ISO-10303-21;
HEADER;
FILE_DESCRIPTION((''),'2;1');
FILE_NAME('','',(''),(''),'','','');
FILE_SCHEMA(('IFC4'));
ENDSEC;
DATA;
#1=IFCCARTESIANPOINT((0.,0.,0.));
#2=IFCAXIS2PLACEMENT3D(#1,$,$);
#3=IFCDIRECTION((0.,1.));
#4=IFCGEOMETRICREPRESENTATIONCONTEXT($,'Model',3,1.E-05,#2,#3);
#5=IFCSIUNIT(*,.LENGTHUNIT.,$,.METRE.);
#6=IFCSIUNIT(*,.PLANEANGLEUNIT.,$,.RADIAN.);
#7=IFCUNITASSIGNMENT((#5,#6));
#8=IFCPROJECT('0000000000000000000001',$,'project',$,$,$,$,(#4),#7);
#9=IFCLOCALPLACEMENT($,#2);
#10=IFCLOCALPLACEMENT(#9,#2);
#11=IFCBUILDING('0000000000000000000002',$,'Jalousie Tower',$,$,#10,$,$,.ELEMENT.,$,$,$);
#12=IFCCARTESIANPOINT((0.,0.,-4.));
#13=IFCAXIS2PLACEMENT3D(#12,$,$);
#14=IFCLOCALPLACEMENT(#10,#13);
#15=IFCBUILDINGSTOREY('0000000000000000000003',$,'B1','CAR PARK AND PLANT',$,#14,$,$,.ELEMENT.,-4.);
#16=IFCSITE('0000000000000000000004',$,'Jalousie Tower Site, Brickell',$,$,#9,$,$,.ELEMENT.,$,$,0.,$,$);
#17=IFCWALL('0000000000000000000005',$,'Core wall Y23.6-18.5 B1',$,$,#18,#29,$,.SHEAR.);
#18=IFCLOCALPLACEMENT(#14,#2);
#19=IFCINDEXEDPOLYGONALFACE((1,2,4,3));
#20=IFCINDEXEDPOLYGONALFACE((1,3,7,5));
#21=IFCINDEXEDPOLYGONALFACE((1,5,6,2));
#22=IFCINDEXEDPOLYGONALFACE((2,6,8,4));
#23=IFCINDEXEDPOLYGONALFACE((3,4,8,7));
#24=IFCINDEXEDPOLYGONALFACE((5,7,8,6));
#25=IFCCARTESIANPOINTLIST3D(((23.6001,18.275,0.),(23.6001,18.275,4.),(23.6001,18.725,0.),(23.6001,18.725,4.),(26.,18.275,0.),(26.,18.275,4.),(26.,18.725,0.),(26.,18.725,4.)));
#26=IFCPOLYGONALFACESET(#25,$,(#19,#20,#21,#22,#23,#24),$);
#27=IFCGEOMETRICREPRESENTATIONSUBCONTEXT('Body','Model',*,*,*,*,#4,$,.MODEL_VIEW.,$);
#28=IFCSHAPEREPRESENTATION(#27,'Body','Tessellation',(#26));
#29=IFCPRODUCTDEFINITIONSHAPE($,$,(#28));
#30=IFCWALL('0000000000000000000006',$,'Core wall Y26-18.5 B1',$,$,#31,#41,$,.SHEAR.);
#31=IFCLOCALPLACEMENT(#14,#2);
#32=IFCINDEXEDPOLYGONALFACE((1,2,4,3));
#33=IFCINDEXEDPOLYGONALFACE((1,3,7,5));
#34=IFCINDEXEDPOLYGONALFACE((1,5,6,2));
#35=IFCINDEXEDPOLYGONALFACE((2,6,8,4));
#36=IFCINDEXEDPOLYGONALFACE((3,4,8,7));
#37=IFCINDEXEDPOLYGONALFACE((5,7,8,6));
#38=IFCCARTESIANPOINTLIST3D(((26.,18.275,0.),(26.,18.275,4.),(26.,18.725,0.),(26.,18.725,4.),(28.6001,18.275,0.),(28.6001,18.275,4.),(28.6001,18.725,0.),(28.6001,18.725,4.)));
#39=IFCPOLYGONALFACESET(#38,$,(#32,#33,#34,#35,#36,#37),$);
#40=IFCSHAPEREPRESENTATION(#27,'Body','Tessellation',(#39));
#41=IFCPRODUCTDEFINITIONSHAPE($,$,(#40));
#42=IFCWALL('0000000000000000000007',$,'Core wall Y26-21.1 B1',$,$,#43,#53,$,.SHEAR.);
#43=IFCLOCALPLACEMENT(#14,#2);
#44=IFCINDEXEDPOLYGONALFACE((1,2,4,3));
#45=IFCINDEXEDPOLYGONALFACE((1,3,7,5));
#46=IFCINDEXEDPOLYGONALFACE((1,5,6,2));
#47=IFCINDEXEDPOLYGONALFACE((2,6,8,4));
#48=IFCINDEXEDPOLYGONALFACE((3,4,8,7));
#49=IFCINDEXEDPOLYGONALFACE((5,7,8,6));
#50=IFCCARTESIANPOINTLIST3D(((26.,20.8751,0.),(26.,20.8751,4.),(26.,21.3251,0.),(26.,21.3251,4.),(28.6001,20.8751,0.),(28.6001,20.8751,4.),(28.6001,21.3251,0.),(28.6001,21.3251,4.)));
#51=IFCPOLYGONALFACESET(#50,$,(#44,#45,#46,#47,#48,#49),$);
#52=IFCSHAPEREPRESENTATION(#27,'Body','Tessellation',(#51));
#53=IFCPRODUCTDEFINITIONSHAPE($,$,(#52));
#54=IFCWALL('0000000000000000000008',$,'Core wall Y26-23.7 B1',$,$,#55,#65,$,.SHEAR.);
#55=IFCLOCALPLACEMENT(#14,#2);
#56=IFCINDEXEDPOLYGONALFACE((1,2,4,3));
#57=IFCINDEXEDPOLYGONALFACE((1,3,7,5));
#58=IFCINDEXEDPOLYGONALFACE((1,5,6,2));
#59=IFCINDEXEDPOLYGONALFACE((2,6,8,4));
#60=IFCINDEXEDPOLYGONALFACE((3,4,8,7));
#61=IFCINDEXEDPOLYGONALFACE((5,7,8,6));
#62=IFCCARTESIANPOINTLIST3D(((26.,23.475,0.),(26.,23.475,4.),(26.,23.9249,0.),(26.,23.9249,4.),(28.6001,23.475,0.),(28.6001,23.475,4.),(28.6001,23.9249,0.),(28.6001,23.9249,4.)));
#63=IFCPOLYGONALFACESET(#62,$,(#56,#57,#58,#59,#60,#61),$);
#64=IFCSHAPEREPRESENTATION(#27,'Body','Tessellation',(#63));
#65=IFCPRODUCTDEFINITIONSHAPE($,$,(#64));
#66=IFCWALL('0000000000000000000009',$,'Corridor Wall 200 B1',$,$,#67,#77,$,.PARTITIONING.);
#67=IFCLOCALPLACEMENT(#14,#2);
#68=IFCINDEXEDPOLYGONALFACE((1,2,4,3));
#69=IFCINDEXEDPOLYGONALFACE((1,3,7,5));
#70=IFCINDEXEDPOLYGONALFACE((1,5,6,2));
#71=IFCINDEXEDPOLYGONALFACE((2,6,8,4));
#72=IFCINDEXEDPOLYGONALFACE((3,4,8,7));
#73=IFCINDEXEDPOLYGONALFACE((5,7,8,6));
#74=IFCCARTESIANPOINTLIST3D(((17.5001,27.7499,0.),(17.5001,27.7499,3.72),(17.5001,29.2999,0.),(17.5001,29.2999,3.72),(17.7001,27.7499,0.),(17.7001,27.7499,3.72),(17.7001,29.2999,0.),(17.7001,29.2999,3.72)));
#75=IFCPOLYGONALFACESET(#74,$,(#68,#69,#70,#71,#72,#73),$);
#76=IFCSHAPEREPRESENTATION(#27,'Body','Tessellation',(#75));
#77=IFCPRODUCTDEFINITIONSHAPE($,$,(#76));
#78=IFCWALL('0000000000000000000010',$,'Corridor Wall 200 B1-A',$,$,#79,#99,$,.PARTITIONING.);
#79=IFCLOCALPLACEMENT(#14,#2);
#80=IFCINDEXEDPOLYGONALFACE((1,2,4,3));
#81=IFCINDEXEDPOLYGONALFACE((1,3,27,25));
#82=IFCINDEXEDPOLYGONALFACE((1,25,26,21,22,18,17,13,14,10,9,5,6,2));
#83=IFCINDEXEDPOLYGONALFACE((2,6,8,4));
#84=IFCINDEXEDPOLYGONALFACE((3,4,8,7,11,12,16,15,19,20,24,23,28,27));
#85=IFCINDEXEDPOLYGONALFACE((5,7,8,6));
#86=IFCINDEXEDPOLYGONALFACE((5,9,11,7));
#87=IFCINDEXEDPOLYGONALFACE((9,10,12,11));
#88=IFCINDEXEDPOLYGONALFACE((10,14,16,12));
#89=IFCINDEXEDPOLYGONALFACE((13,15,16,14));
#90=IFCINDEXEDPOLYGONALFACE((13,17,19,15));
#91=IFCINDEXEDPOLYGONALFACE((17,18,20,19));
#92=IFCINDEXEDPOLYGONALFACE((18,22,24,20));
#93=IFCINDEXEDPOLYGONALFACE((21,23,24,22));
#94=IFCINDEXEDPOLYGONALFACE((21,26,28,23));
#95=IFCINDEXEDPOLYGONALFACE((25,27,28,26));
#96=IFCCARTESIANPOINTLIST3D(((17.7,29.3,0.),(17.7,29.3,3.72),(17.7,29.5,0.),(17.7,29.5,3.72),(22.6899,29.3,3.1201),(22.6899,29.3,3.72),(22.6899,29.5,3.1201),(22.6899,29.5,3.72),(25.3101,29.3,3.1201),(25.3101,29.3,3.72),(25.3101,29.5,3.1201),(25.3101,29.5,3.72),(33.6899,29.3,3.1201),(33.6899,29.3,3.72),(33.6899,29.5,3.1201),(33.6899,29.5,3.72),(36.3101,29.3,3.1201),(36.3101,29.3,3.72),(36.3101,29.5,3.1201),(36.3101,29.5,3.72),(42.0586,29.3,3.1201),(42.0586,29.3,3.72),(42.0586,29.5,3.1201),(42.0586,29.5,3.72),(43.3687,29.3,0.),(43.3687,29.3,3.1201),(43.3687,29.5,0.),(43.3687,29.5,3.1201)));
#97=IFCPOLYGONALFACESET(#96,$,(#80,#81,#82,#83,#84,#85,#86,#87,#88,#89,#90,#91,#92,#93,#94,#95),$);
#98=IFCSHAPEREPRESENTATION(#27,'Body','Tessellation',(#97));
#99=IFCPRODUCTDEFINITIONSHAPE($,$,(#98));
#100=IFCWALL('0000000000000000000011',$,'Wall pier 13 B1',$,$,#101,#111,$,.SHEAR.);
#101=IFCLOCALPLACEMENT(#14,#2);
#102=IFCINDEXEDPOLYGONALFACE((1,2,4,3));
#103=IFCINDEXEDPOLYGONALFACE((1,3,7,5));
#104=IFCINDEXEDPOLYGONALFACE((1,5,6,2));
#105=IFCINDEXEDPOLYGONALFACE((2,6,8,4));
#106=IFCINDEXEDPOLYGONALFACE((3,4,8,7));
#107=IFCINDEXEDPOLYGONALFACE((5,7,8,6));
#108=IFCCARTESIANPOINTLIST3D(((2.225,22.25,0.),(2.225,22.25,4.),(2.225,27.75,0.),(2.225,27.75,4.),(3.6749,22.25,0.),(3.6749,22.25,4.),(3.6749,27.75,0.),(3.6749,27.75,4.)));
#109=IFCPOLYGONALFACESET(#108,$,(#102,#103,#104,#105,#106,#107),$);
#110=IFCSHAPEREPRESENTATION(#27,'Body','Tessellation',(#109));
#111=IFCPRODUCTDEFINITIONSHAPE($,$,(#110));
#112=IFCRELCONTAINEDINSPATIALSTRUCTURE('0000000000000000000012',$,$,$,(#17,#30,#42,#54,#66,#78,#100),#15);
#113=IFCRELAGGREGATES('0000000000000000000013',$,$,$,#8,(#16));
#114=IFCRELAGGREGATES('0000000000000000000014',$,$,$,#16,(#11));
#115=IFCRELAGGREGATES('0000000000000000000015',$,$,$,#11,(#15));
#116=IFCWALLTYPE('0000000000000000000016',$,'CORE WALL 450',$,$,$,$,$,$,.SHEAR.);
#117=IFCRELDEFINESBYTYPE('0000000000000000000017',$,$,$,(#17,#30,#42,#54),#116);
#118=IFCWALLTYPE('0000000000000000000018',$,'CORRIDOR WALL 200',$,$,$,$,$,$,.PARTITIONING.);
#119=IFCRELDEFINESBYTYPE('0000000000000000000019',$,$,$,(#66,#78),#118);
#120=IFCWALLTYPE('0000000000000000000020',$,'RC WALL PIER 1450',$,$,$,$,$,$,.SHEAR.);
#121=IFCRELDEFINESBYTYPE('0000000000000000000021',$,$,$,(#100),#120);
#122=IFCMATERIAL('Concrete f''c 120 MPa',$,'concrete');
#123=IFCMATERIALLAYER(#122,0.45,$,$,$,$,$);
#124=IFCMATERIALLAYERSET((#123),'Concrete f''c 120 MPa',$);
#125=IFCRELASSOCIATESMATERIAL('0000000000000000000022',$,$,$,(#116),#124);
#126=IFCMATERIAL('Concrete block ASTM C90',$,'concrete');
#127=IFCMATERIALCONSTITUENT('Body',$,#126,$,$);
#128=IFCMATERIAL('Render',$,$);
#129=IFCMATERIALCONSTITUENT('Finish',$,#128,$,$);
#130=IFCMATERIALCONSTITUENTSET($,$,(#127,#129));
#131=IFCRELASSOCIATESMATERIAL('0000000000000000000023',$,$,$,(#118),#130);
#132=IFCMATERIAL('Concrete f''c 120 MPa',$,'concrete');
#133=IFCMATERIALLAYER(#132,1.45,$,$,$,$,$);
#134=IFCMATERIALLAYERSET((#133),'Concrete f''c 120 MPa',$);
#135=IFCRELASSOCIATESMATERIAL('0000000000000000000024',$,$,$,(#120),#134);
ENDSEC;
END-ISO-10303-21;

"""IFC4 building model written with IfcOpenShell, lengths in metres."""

from ifc_helpers import new_model, si_unit, direction, frame, frame_2d, origin, place, context, subcontext, project, spatial, polyline, rectangle, outline, extrude, material, layer, layer_set, constituent, constituent_set, type_object, element, save


model = new_model("IFC4")

# Units and contexts
model_context = context("Model", 3, precision=1e-05, world=origin(), true_north=direction((0.0, 1.0)))
body_context = subcontext(model_context, "Body", "Model", "MODEL_VIEW")
ifc_project = project(units=[si_unit("LENGTHUNIT", "METRE"), si_unit("PLANEANGLEUNIT", "RADIAN")], contexts=[model_context])

# Site, building, storey
site_placement = place(None, origin())
site = spatial("IfcSite", under=ifc_project, at=site_placement, Name="Jalousie Tower Site, Brickell", CompositionType="ELEMENT", RefElevation=0.0)
building_placement = place(site_placement, origin())
building = spatial("IfcBuilding", under=site, at=building_placement, Name="Jalousie Tower", CompositionType="ELEMENT")
storey_placement = place(building_placement, frame((0.0, 0.0, -4.0)))
storey = spatial("IfcBuildingStorey", under=building, at=storey_placement, Name="B1", Description="CAR PARK AND PLANT", CompositionType="ELEMENT", Elevation=-4.0)

# Shared definitions
ifc_material_1 = material(Name="Concrete f'c 120 MPa", Category="concrete")
ifc_layer_1 = layer(ifc_material_1, 0.45)
ifc_layer_set_1 = layer_set([ifc_layer_1], Name="Concrete f'c 120 MPa")
wall_type_1 = type_object("IfcWallType", Name="CORE WALL 450", PredefinedType="SHEAR", material=ifc_layer_set_1)

# Walls
wall_1_placement = place(storey_placement, frame((23.6001, 18.5, 0.0), z_axis=(0.0, 0.0, 1.0), x_axis=(1.0, 0.0, 0.0)))
element("IfcWall", 1, at=wall_1_placement, inside=storey, type_object=wall_type_1, Name="Core wall Y23.6-18.5 B1", PredefinedType="SHEAR", context=body_context, shape_type="SweptSolid", body=[
    extrude(rectangle(XDim=2.3999, YDim=0.45, at=frame_2d((1.2, 0.0))), origin(), (0.0, 0.0, 1.0), 4.0),
])
for number, where, z_axis, x_axis, name in (
    (2, (26.0, 18.5, 0.0), (0.0, 0.0, 1.0), (1.0, 0.0, 0.0), "Core wall Y26-18.5 B1"),
    (3, (26.0, 21.1001, 0.0), (0.0, 0.0, 1.0), (1.0, 0.0, 0.0), "Core wall Y26-21.1 B1"),
    (4, (26.0, 23.7, 0.0), (0.0, 0.0, 1.0), (1.0, 0.0, 0.0), "Core wall Y26-23.7 B1"),
):
    element("IfcWall", number, at=place(storey_placement, frame(where, z_axis=z_axis, x_axis=x_axis)), inside=storey, type_object=wall_type_1, Name=name, PredefinedType="SHEAR", context=body_context, shape_type="SweptSolid", body=[
        extrude(rectangle(XDim=2.6001, YDim=0.45, at=frame_2d((1.3, 0.0))), origin(), (0.0, 0.0, 1.0), 4.0),
    ])
ifc_material_2 = material(Name="Concrete block ASTM C90", Category="concrete")
ifc_constituent_1 = constituent(ifc_material_2, Name="Body")
ifc_material_3 = material(Name="Render")
ifc_constituent_2 = constituent(ifc_material_3, Name="Finish")
ifc_constituent_set = constituent_set(constituents=[ifc_constituent_1, ifc_constituent_2])
wall_type_2 = type_object("IfcWallType", Name="CORRIDOR WALL 200", PredefinedType="PARTITIONING", material=ifc_constituent_set)
wall_2_placement = place(storey_placement, frame((17.6001, 27.75, 0.0), z_axis=(0.0, 0.0, 1.0), x_axis=(0.0, 1.0, 0.0)))
element("IfcWall", 5, at=wall_2_placement, inside=storey, type_object=wall_type_2, Name="Corridor Wall 200 B1", PredefinedType="PARTITIONING", context=body_context, shape_type="SweptSolid", body=[
    extrude(rectangle(XDim=1.55, YDim=0.2, at=frame_2d((0.7749, 0.0))), origin(), (0.0, 0.0, 1.0), 3.72),
])
wall_3_placement = place(storey_placement, frame((17.7, 29.3999, 0.0), z_axis=(0.0, 0.0, 1.0), x_axis=(1.0, 0.0, 0.0)))
element("IfcWall", 6, at=wall_3_placement, inside=storey, type_object=wall_type_2, Name="Corridor Wall 200 B1-A", PredefinedType="PARTITIONING", context=body_context, shape_type="SweptSolid", body=[
    extrude(outline(polyline([(0.0, 0.0), (25.6687, 0.0), (25.6687, 3.1201), (24.3586, 3.1201), (24.3586, 3.72), (18.6101, 3.72), (18.6101, 3.1201), (15.99, 3.1201), (15.99, 3.72), (7.6101, 3.72), (7.6101, 3.1201), (4.99, 3.1201), (4.99, 3.72), (0.0, 3.72), (0.0, 0.0)])), frame((0.0, 0.1001, 0.0), z_axis=(0.0, -1.0, 0.0), x_axis=(1.0, 0.0, 0.0)), (0.0, 0.0, 1.0), 0.2),
])
ifc_material_4 = material(Name="Concrete f'c 120 MPa", Category="concrete")
ifc_layer_2 = layer(ifc_material_4, 1.45)
ifc_layer_set_2 = layer_set([ifc_layer_2], Name="Concrete f'c 120 MPa")
wall_type_3 = type_object("IfcWallType", Name="RC WALL PIER 1450", PredefinedType="SHEAR", material=ifc_layer_set_2)
wall_4_placement = place(storey_placement, frame((2.95, 22.25, 0.0), z_axis=(0.0, 0.0, 1.0), x_axis=(0.0, 1.0, 0.0)))
element("IfcWall", 7, at=wall_4_placement, inside=storey, type_object=wall_type_3, Name="Wall pier 13 B1", PredefinedType="SHEAR", context=body_context, shape_type="SweptSolid", body=[
    extrude(rectangle(XDim=5.5, YDim=1.45, at=frame_2d((2.75, 0.0))), origin(), (0.0, 0.0, 1.0), 4.0),
])

save(model, "model.ifc")
